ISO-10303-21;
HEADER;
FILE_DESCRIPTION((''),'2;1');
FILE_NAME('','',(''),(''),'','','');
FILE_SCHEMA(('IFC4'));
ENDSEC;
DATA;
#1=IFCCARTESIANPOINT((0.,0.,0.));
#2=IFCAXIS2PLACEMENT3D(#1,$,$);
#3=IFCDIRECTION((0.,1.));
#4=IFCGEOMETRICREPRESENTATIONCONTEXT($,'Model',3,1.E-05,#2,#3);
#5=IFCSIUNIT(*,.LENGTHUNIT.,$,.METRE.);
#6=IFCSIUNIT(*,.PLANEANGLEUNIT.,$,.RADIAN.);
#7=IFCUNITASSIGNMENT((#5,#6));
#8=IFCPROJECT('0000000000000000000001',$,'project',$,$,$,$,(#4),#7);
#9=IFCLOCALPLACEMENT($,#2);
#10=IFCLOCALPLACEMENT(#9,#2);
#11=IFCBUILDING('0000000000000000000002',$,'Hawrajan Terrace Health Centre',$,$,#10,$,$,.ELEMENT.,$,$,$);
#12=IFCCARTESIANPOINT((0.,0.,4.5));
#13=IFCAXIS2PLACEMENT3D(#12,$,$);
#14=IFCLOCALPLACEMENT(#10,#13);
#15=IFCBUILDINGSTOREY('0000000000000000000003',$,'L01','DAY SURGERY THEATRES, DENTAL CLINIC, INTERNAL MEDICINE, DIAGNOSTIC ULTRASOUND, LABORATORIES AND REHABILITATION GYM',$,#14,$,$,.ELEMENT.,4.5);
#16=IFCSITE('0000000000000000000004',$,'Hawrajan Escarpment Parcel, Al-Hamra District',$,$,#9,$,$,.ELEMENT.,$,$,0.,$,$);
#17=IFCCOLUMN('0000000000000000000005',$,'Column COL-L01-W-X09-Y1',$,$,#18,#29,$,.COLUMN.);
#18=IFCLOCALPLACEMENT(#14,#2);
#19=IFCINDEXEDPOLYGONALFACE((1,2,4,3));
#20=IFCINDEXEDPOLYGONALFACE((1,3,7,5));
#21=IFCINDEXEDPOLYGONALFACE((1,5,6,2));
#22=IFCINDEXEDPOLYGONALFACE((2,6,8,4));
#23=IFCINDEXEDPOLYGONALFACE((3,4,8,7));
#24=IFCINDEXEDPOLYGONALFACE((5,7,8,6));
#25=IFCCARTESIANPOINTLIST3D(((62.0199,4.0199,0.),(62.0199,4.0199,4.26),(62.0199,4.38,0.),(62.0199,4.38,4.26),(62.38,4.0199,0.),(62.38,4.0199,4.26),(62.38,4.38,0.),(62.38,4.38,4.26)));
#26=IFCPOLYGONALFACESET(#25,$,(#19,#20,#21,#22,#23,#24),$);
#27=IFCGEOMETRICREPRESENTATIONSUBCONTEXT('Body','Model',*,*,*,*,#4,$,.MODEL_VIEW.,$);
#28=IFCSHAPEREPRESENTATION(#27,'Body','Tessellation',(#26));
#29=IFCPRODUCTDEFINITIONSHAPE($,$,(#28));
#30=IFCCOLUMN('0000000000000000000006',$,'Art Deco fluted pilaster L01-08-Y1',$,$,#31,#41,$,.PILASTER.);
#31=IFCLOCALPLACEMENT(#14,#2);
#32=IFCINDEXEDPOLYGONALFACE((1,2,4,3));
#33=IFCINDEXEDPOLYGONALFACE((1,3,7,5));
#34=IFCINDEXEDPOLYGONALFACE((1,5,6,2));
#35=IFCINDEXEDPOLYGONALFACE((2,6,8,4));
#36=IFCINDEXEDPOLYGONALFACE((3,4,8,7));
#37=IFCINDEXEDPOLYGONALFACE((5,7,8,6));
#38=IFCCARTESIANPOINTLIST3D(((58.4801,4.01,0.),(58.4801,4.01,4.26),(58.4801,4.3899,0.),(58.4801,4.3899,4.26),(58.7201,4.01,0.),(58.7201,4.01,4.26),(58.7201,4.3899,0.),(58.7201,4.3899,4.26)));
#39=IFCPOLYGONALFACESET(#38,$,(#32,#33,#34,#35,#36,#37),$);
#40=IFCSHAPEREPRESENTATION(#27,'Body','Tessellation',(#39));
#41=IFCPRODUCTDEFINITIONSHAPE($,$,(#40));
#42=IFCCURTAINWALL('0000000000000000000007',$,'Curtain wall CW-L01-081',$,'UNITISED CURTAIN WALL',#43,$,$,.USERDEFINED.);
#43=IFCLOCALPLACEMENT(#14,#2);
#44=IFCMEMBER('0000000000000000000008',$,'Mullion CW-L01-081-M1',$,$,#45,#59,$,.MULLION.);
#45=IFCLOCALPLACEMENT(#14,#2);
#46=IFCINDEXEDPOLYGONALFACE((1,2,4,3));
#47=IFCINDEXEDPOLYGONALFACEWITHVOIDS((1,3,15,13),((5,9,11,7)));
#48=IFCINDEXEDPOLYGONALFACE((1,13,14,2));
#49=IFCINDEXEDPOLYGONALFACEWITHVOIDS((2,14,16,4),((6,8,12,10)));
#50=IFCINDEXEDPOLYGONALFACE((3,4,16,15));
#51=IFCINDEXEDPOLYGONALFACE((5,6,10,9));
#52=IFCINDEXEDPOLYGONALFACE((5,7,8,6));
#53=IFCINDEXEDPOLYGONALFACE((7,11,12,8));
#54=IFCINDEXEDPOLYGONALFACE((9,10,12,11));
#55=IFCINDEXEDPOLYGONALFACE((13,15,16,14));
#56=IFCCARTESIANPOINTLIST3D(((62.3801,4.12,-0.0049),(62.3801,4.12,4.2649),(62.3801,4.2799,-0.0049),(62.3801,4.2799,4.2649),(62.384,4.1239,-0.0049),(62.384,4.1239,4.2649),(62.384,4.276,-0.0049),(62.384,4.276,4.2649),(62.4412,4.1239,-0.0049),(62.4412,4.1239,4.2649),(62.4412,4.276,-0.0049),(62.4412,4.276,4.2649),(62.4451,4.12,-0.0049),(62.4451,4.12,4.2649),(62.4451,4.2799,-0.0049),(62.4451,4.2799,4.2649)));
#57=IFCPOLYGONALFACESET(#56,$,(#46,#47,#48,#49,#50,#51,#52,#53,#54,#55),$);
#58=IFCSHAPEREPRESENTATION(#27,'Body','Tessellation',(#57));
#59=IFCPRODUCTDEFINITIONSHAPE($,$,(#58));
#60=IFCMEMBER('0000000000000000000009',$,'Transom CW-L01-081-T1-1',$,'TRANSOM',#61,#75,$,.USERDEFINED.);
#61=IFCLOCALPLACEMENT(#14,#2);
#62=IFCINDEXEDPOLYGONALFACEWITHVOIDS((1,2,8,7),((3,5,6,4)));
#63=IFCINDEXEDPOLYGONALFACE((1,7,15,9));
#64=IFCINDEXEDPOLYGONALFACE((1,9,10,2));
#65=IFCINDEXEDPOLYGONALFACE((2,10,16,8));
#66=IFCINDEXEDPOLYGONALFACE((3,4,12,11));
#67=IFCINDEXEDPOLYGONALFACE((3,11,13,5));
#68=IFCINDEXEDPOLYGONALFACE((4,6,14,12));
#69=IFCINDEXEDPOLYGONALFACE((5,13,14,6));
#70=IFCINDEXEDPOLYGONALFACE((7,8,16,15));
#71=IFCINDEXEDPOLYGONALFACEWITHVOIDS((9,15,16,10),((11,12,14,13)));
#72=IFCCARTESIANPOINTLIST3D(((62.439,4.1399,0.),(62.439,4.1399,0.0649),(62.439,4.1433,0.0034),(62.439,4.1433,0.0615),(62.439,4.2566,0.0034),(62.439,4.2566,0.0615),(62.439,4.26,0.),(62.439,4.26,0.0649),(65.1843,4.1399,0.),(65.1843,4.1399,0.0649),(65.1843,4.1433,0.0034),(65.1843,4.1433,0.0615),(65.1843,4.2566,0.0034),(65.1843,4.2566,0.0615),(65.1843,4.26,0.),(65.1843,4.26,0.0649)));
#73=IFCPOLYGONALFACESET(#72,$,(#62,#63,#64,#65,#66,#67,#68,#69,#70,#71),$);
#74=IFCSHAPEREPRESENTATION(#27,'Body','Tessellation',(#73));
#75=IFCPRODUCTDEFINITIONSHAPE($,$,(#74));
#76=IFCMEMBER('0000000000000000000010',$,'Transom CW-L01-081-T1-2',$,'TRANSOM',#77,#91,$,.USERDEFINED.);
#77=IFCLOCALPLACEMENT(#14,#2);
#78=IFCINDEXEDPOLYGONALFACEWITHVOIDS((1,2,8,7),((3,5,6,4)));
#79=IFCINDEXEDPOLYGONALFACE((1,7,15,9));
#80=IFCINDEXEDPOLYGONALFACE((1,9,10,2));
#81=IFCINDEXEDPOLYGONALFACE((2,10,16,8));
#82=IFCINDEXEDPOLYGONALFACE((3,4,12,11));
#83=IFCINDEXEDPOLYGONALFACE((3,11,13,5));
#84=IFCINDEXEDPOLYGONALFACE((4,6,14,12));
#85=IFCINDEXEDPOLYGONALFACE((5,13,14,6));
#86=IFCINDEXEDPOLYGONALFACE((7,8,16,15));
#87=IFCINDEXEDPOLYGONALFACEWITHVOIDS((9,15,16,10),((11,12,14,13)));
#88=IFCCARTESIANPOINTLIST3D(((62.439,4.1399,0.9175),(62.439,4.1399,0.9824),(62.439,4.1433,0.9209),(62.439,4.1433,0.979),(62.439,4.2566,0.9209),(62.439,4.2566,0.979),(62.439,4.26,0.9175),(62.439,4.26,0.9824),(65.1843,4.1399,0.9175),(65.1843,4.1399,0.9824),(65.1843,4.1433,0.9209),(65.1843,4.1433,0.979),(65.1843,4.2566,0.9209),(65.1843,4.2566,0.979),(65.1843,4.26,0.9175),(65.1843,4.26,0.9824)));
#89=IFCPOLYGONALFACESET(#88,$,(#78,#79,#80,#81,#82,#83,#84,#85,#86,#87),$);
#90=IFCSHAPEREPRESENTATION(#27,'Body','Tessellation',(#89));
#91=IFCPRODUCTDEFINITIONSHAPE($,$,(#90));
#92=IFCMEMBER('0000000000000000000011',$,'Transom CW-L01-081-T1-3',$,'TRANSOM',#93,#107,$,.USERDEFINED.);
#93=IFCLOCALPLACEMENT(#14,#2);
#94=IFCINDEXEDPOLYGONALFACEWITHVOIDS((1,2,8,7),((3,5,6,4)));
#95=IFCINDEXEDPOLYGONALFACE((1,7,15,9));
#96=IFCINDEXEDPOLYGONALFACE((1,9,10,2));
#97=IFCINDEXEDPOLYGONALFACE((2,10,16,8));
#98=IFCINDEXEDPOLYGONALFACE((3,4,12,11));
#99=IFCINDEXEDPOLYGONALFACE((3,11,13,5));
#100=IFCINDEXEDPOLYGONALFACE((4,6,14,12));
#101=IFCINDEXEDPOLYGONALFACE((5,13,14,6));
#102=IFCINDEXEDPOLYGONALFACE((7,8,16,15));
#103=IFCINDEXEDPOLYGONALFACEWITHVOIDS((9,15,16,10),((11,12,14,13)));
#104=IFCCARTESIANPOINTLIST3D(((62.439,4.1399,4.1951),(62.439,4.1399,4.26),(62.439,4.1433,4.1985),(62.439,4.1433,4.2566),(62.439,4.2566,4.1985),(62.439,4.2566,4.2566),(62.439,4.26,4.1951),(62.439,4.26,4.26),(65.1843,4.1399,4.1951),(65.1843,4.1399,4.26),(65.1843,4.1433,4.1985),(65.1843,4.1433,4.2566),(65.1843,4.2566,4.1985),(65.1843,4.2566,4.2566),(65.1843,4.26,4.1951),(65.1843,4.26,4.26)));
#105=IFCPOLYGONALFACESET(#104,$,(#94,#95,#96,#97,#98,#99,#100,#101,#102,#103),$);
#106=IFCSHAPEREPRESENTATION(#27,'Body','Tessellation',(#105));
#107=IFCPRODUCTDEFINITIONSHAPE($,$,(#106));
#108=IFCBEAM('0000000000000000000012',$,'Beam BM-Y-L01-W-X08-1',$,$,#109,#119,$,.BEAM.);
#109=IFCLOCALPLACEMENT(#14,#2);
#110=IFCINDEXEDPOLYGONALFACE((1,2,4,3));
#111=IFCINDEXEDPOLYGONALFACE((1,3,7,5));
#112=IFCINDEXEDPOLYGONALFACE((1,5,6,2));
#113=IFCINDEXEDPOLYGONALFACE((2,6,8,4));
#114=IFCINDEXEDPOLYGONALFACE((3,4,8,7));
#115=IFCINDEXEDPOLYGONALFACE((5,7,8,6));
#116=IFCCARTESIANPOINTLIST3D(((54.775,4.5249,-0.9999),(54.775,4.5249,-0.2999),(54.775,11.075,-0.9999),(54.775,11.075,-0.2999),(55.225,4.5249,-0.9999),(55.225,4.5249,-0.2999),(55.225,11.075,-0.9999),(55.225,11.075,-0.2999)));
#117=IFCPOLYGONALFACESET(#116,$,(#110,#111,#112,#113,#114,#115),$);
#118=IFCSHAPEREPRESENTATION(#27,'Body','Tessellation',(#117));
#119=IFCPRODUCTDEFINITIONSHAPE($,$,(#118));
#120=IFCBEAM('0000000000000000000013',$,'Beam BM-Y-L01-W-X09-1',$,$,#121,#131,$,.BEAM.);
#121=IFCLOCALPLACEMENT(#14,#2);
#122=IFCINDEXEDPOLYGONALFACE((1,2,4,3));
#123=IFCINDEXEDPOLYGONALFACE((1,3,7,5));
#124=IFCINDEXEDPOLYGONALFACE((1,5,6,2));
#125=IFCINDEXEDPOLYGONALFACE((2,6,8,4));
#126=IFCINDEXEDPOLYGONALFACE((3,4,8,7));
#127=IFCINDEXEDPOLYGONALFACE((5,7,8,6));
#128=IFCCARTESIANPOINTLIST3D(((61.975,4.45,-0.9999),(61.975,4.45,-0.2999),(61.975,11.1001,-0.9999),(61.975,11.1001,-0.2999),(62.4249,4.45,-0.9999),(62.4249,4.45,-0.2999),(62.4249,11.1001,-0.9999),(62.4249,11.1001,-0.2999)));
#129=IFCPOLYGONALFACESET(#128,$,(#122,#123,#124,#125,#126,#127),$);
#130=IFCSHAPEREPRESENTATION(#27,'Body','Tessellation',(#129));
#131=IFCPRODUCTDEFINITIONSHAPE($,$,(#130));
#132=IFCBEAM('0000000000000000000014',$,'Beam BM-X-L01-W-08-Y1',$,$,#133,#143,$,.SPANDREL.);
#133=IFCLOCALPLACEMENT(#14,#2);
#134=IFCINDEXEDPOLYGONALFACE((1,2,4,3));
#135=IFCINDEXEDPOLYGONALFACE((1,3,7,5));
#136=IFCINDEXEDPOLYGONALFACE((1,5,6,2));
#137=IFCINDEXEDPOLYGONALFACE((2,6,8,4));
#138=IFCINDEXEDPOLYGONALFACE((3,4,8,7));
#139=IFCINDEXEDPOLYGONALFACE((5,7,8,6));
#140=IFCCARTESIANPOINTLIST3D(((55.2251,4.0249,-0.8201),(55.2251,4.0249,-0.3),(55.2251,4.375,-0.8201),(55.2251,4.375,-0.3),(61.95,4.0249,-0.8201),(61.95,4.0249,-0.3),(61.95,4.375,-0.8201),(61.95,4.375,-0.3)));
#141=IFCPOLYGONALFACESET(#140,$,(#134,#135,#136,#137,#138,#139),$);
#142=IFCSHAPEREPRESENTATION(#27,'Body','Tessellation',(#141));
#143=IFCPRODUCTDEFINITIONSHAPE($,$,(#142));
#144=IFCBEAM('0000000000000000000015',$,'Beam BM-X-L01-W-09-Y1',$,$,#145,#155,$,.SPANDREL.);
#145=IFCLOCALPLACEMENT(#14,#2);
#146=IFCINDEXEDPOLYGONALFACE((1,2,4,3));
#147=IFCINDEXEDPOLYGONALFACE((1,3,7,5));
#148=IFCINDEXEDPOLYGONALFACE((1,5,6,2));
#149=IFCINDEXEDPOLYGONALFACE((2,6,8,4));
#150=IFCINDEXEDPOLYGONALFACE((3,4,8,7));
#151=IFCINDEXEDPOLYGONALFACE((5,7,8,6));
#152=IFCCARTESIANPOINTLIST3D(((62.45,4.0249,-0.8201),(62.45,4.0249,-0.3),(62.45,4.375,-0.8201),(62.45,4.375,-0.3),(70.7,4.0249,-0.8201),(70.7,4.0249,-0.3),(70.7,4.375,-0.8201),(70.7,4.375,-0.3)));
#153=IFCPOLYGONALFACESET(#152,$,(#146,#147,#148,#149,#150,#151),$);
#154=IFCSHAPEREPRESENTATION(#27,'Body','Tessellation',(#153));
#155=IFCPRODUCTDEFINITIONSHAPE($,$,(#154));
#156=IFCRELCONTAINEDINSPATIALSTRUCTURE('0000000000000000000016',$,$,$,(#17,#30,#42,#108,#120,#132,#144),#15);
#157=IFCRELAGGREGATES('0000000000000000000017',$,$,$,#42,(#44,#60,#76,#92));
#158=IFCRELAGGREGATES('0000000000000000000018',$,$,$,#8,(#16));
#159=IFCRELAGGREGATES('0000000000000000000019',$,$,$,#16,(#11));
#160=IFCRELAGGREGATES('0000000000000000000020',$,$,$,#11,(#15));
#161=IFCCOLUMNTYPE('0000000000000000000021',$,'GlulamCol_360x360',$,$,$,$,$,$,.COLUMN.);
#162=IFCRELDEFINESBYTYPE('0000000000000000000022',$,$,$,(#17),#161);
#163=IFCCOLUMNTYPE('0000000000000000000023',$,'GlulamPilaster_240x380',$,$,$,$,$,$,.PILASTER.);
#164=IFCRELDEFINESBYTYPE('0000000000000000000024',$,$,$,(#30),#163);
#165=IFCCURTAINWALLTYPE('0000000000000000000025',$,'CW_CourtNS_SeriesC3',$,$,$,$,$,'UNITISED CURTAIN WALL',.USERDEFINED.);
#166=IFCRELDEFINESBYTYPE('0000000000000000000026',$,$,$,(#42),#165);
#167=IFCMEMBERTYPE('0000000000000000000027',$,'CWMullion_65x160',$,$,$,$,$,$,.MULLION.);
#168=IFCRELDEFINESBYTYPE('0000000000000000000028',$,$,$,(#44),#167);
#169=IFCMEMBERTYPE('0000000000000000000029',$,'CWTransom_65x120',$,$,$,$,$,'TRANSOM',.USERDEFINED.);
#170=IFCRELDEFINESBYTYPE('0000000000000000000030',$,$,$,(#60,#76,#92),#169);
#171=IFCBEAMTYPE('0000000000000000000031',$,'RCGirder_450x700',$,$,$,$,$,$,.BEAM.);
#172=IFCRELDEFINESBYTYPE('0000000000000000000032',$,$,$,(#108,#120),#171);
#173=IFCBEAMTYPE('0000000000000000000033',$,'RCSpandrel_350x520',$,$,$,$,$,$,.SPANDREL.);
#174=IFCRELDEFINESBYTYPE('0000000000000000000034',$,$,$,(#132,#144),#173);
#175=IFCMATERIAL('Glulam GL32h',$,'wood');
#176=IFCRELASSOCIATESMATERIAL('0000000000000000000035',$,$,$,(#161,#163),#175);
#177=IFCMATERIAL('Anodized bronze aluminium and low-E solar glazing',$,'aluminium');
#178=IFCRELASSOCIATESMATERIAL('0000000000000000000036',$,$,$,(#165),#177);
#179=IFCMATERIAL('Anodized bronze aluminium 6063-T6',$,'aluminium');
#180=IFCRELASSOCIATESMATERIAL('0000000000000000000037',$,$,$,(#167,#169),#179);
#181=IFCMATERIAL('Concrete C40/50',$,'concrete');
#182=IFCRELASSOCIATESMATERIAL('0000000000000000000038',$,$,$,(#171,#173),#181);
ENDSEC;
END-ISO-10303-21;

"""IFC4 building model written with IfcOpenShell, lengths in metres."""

from ifc_helpers import new_model, si_unit, direction, frame, origin, origin_2d, place, context, subcontext, project, spatial, rectangle, hollow_rectangle, extrude, material, material_profile, profile_set, type_object, element, aggregate, save


model = new_model("IFC4")

# Units and contexts
model_context = context("Model", 3, precision=1e-05, world=origin(), true_north=direction((0.0, 1.0)))
body_context = subcontext(model_context, "Body", "Model", "MODEL_VIEW")
ifc_project = project(units=[si_unit("LENGTHUNIT", "METRE"), si_unit("PLANEANGLEUNIT", "RADIAN")], contexts=[model_context])

# Site, building, storey
site_placement = place(None, origin())
site = spatial("IfcSite", under=ifc_project, at=site_placement, Name="Hawrajan Escarpment Parcel, Al-Hamra District", CompositionType="ELEMENT", RefElevation=0.0)
building_placement = place(site_placement, origin())
building = spatial("IfcBuilding", under=site, at=building_placement, Name="Hawrajan Terrace Health Centre", CompositionType="ELEMENT")
storey_placement = place(building_placement, frame((0.0, 0.0, 4.5)))
storey = spatial("IfcBuildingStorey", under=building, at=storey_placement, Name="L01", Description="DAY SURGERY THEATRES, DENTAL CLINIC, INTERNAL MEDICINE, DIAGNOSTIC ULTRASOUND, LABORATORIES AND REHABILITATION GYM", CompositionType="ELEMENT", Elevation=4.5)

# Columns
ifc_material_1 = material(Name="Glulam GL32h", Category="wood")
ifc_material_profile_1 = material_profile(ifc_material_1, rectangle(XDim=0.3601, YDim=0.3601, at=origin_2d()), Name="GL 360x360")
ifc_profile_set_1 = profile_set([ifc_material_profile_1], Name="Glulam GL32h")
column_type_1 = type_object("IfcColumnType", Name="GlulamCol_360x360", PredefinedType="COLUMN", material=ifc_profile_set_1)
column_1_placement = place(storey_placement, frame((62.2, 4.2, 0.0), z_axis=(0.0, 0.0, 1.0), x_axis=(1.0, 0.0, 0.0)))
element("IfcColumn", 1, at=column_1_placement, inside=storey, type_object=column_type_1, Name="Column COL-L01-W-X09-Y1", PredefinedType="COLUMN", context=body_context, shape_type="SweptSolid", body=[
    extrude(rectangle(XDim=0.3601, YDim=0.3601, at=origin_2d()), origin(), (0.0, 0.0, 1.0), 4.26),
])
ifc_material_profile_2 = material_profile(ifc_material_1, rectangle(XDim=0.24, YDim=0.3799, at=origin_2d()), Name="GL PIL 240x380")
ifc_profile_set_2 = profile_set([ifc_material_profile_2], Name="Glulam GL32h")
column_type_2 = type_object("IfcColumnType", Name="GlulamPilaster_240x380", PredefinedType="PILASTER", material=ifc_profile_set_2)
column_2_placement = place(storey_placement, frame((58.6001, 4.2, 0.0), z_axis=(0.0, 0.0, 1.0), x_axis=(1.0, 0.0, 0.0)))
element("IfcColumn", 2, at=column_2_placement, inside=storey, type_object=column_type_2, Name="Art Deco fluted pilaster L01-08-Y1", PredefinedType="PILASTER", context=body_context, shape_type="SweptSolid", body=[
    extrude(rectangle(XDim=0.24, YDim=0.3799, at=origin_2d()), origin(), (0.0, 0.0, 1.0), 4.26),
])

# Curtain wall, members
ifc_material_2 = material(Name="Anodized bronze aluminium and low-E solar glazing", Category="aluminium")
curtain_wall_type = type_object("IfcCurtainWallType", Name="CW_CourtNS_SeriesC3", ElementType="UNITISED CURTAIN WALL", PredefinedType="USERDEFINED", material=ifc_material_2)
curtain_wall_placement = place(storey_placement, origin())
curtain_wall = element("IfcCurtainWall", 3, at=curtain_wall_placement, inside=storey, type_object=curtain_wall_type, Name="Curtain wall CW-L01-081", ObjectType="UNITISED CURTAIN WALL", PredefinedType="USERDEFINED")
ifc_material_3 = material(Name="Anodized bronze aluminium 6063-T6", Category="aluminium")
ifc_material_profile_3 = material_profile(ifc_material_3, hollow_rectangle(XDim=0.0649, YDim=0.1599, WallThickness=0.0039, at=origin_2d()), Name="CW MUL 65x160")
ifc_profile_set_3 = profile_set([ifc_material_profile_3], Name="Anodized bronze aluminium 6063-T6")
member_type_1 = type_object("IfcMemberType", Name="CWMullion_65x160", PredefinedType="MULLION", material=ifc_profile_set_3)
member_1_placement = place(storey_placement, frame((62.4126, 4.2, -0.0049), z_axis=(0.0, 0.0, 1.0), x_axis=(1.0, 0.0, 0.0)))
member_1 = element("IfcMember", 4, at=member_1_placement, type_object=member_type_1, Name="Mullion CW-L01-081-M1", PredefinedType="MULLION", context=body_context, shape_type="SweptSolid", body=[
    extrude(hollow_rectangle(XDim=0.0649, YDim=0.1599, WallThickness=0.0039, at=origin_2d()), origin(), (0.0, 0.0, 1.0), 4.2698),
])
ifc_material_profile_4 = material_profile(ifc_material_3, hollow_rectangle(XDim=0.0649, YDim=0.1201, WallThickness=0.0034, at=origin_2d()), Name="CW TRN 65x120")
ifc_profile_set_4 = profile_set([ifc_material_profile_4], Name="Anodized bronze aluminium 6063-T6")
member_type_2 = type_object("IfcMemberType", Name="CWTransom_65x120", ElementType="TRANSOM", PredefinedType="USERDEFINED", material=ifc_profile_set_4)
member_2_placement = place(storey_placement, frame((62.439, 4.2, 0.0325), z_axis=(1.0, 0.0, 0.0), x_axis=(0.0, 0.0, 1.0)))
member_2 = element("IfcMember", 5, at=member_2_placement, type_object=member_type_2, Name="Transom CW-L01-081-T1-1", ObjectType="TRANSOM", PredefinedType="USERDEFINED", context=body_context, shape_type="SweptSolid", body=[
    extrude(hollow_rectangle(XDim=0.0649, YDim=0.1201, WallThickness=0.0034, at=origin_2d()), origin(), (0.0, 0.0, 1.0), 2.7454),
])
member_3_placement = place(storey_placement, frame((62.439, 4.2, 0.95), z_axis=(1.0, 0.0, 0.0), x_axis=(0.0, 0.0, 1.0)))
member_3 = element("IfcMember", 6, at=member_3_placement, type_object=member_type_2, Name="Transom CW-L01-081-T1-2", ObjectType="TRANSOM", PredefinedType="USERDEFINED", context=body_context, shape_type="SweptSolid", body=[
    extrude(hollow_rectangle(XDim=0.0649, YDim=0.1201, WallThickness=0.0034, at=origin_2d()), origin(), (0.0, 0.0, 1.0), 2.7454),
])
member_4_placement = place(storey_placement, frame((62.439, 4.2, 4.2275), z_axis=(1.0, 0.0, 0.0), x_axis=(0.0, 0.0, 1.0)))
member_4 = element("IfcMember", 7, at=member_4_placement, type_object=member_type_2, Name="Transom CW-L01-081-T1-3", ObjectType="TRANSOM", PredefinedType="USERDEFINED", context=body_context, shape_type="SweptSolid", body=[
    extrude(hollow_rectangle(XDim=0.0649, YDim=0.1201, WallThickness=0.0034, at=origin_2d()), origin(), (0.0, 0.0, 1.0), 2.7454),
])
aggregate(curtain_wall, [member_1, member_2, member_3, member_4])

# Beams
ifc_material_4 = material(Name="Concrete C40/50", Category="concrete")
ifc_material_profile_5 = material_profile(ifc_material_4, rectangle(XDim=0.45, YDim=0.7, at=origin_2d()), Name="RC BM 450x700")
ifc_profile_set_5 = profile_set([ifc_material_profile_5], Name="Concrete C40/50")
beam_type_1 = type_object("IfcBeamType", Name="RCGirder_450x700", PredefinedType="BEAM", material=ifc_profile_set_5)
beam_1_placement = place(storey_placement, frame((55.0, 4.5249, -0.6499), z_axis=(0.0, 1.0, 0.0), x_axis=(-1.0, 0.0, 0.0)))
element("IfcBeam", 8, at=beam_1_placement, inside=storey, type_object=beam_type_1, Name="Beam BM-Y-L01-W-X08-1", PredefinedType="BEAM", context=body_context, shape_type="SweptSolid", body=[
    extrude(rectangle(XDim=0.45, YDim=0.7, at=origin_2d()), origin(), (0.0, 0.0, 1.0), 6.55),
])
beam_2_placement = place(storey_placement, frame((62.2, 4.45, -0.6499), z_axis=(0.0, 1.0, 0.0), x_axis=(-1.0, 0.0, 0.0)))
element("IfcBeam", 9, at=beam_2_placement, inside=storey, type_object=beam_type_1, Name="Beam BM-Y-L01-W-X09-1", PredefinedType="BEAM", context=body_context, shape_type="SweptSolid", body=[
    extrude(rectangle(XDim=0.45, YDim=0.7, at=origin_2d()), origin(), (0.0, 0.0, 1.0), 6.6501),
])
ifc_material_profile_6 = material_profile(ifc_material_4, rectangle(XDim=0.3501, YDim=0.52, at=origin_2d()), Name="RC SP 350x520")
ifc_profile_set_6 = profile_set([ifc_material_profile_6], Name="Concrete C40/50")
beam_type_2 = type_object("IfcBeamType", Name="RCSpandrel_350x520", PredefinedType="SPANDREL", material=ifc_profile_set_6)
beam_3_placement = place(storey_placement, frame((55.2251, 4.2, -0.5601), z_axis=(1.0, 0.0, 0.0), x_axis=(0.0, 1.0, 0.0)))
element("IfcBeam", 10, at=beam_3_placement, inside=storey, type_object=beam_type_2, Name="Beam BM-X-L01-W-08-Y1", PredefinedType="SPANDREL", context=body_context, shape_type="SweptSolid", body=[
    extrude(rectangle(XDim=0.3501, YDim=0.52, at=origin_2d()), origin(), (0.0, 0.0, 1.0), 6.7249),
])
beam_4_placement = place(storey_placement, frame((62.45, 4.2, -0.5601), z_axis=(1.0, 0.0, 0.0), x_axis=(0.0, 1.0, 0.0)))
element("IfcBeam", 11, at=beam_4_placement, inside=storey, type_object=beam_type_2, Name="Beam BM-X-L01-W-09-Y1", PredefinedType="SPANDREL", context=body_context, shape_type="SweptSolid", body=[
    extrude(rectangle(XDim=0.3501, YDim=0.52, at=origin_2d()), origin(), (0.0, 0.0, 1.0), 8.25),
])

save(model, "model.ifc")
